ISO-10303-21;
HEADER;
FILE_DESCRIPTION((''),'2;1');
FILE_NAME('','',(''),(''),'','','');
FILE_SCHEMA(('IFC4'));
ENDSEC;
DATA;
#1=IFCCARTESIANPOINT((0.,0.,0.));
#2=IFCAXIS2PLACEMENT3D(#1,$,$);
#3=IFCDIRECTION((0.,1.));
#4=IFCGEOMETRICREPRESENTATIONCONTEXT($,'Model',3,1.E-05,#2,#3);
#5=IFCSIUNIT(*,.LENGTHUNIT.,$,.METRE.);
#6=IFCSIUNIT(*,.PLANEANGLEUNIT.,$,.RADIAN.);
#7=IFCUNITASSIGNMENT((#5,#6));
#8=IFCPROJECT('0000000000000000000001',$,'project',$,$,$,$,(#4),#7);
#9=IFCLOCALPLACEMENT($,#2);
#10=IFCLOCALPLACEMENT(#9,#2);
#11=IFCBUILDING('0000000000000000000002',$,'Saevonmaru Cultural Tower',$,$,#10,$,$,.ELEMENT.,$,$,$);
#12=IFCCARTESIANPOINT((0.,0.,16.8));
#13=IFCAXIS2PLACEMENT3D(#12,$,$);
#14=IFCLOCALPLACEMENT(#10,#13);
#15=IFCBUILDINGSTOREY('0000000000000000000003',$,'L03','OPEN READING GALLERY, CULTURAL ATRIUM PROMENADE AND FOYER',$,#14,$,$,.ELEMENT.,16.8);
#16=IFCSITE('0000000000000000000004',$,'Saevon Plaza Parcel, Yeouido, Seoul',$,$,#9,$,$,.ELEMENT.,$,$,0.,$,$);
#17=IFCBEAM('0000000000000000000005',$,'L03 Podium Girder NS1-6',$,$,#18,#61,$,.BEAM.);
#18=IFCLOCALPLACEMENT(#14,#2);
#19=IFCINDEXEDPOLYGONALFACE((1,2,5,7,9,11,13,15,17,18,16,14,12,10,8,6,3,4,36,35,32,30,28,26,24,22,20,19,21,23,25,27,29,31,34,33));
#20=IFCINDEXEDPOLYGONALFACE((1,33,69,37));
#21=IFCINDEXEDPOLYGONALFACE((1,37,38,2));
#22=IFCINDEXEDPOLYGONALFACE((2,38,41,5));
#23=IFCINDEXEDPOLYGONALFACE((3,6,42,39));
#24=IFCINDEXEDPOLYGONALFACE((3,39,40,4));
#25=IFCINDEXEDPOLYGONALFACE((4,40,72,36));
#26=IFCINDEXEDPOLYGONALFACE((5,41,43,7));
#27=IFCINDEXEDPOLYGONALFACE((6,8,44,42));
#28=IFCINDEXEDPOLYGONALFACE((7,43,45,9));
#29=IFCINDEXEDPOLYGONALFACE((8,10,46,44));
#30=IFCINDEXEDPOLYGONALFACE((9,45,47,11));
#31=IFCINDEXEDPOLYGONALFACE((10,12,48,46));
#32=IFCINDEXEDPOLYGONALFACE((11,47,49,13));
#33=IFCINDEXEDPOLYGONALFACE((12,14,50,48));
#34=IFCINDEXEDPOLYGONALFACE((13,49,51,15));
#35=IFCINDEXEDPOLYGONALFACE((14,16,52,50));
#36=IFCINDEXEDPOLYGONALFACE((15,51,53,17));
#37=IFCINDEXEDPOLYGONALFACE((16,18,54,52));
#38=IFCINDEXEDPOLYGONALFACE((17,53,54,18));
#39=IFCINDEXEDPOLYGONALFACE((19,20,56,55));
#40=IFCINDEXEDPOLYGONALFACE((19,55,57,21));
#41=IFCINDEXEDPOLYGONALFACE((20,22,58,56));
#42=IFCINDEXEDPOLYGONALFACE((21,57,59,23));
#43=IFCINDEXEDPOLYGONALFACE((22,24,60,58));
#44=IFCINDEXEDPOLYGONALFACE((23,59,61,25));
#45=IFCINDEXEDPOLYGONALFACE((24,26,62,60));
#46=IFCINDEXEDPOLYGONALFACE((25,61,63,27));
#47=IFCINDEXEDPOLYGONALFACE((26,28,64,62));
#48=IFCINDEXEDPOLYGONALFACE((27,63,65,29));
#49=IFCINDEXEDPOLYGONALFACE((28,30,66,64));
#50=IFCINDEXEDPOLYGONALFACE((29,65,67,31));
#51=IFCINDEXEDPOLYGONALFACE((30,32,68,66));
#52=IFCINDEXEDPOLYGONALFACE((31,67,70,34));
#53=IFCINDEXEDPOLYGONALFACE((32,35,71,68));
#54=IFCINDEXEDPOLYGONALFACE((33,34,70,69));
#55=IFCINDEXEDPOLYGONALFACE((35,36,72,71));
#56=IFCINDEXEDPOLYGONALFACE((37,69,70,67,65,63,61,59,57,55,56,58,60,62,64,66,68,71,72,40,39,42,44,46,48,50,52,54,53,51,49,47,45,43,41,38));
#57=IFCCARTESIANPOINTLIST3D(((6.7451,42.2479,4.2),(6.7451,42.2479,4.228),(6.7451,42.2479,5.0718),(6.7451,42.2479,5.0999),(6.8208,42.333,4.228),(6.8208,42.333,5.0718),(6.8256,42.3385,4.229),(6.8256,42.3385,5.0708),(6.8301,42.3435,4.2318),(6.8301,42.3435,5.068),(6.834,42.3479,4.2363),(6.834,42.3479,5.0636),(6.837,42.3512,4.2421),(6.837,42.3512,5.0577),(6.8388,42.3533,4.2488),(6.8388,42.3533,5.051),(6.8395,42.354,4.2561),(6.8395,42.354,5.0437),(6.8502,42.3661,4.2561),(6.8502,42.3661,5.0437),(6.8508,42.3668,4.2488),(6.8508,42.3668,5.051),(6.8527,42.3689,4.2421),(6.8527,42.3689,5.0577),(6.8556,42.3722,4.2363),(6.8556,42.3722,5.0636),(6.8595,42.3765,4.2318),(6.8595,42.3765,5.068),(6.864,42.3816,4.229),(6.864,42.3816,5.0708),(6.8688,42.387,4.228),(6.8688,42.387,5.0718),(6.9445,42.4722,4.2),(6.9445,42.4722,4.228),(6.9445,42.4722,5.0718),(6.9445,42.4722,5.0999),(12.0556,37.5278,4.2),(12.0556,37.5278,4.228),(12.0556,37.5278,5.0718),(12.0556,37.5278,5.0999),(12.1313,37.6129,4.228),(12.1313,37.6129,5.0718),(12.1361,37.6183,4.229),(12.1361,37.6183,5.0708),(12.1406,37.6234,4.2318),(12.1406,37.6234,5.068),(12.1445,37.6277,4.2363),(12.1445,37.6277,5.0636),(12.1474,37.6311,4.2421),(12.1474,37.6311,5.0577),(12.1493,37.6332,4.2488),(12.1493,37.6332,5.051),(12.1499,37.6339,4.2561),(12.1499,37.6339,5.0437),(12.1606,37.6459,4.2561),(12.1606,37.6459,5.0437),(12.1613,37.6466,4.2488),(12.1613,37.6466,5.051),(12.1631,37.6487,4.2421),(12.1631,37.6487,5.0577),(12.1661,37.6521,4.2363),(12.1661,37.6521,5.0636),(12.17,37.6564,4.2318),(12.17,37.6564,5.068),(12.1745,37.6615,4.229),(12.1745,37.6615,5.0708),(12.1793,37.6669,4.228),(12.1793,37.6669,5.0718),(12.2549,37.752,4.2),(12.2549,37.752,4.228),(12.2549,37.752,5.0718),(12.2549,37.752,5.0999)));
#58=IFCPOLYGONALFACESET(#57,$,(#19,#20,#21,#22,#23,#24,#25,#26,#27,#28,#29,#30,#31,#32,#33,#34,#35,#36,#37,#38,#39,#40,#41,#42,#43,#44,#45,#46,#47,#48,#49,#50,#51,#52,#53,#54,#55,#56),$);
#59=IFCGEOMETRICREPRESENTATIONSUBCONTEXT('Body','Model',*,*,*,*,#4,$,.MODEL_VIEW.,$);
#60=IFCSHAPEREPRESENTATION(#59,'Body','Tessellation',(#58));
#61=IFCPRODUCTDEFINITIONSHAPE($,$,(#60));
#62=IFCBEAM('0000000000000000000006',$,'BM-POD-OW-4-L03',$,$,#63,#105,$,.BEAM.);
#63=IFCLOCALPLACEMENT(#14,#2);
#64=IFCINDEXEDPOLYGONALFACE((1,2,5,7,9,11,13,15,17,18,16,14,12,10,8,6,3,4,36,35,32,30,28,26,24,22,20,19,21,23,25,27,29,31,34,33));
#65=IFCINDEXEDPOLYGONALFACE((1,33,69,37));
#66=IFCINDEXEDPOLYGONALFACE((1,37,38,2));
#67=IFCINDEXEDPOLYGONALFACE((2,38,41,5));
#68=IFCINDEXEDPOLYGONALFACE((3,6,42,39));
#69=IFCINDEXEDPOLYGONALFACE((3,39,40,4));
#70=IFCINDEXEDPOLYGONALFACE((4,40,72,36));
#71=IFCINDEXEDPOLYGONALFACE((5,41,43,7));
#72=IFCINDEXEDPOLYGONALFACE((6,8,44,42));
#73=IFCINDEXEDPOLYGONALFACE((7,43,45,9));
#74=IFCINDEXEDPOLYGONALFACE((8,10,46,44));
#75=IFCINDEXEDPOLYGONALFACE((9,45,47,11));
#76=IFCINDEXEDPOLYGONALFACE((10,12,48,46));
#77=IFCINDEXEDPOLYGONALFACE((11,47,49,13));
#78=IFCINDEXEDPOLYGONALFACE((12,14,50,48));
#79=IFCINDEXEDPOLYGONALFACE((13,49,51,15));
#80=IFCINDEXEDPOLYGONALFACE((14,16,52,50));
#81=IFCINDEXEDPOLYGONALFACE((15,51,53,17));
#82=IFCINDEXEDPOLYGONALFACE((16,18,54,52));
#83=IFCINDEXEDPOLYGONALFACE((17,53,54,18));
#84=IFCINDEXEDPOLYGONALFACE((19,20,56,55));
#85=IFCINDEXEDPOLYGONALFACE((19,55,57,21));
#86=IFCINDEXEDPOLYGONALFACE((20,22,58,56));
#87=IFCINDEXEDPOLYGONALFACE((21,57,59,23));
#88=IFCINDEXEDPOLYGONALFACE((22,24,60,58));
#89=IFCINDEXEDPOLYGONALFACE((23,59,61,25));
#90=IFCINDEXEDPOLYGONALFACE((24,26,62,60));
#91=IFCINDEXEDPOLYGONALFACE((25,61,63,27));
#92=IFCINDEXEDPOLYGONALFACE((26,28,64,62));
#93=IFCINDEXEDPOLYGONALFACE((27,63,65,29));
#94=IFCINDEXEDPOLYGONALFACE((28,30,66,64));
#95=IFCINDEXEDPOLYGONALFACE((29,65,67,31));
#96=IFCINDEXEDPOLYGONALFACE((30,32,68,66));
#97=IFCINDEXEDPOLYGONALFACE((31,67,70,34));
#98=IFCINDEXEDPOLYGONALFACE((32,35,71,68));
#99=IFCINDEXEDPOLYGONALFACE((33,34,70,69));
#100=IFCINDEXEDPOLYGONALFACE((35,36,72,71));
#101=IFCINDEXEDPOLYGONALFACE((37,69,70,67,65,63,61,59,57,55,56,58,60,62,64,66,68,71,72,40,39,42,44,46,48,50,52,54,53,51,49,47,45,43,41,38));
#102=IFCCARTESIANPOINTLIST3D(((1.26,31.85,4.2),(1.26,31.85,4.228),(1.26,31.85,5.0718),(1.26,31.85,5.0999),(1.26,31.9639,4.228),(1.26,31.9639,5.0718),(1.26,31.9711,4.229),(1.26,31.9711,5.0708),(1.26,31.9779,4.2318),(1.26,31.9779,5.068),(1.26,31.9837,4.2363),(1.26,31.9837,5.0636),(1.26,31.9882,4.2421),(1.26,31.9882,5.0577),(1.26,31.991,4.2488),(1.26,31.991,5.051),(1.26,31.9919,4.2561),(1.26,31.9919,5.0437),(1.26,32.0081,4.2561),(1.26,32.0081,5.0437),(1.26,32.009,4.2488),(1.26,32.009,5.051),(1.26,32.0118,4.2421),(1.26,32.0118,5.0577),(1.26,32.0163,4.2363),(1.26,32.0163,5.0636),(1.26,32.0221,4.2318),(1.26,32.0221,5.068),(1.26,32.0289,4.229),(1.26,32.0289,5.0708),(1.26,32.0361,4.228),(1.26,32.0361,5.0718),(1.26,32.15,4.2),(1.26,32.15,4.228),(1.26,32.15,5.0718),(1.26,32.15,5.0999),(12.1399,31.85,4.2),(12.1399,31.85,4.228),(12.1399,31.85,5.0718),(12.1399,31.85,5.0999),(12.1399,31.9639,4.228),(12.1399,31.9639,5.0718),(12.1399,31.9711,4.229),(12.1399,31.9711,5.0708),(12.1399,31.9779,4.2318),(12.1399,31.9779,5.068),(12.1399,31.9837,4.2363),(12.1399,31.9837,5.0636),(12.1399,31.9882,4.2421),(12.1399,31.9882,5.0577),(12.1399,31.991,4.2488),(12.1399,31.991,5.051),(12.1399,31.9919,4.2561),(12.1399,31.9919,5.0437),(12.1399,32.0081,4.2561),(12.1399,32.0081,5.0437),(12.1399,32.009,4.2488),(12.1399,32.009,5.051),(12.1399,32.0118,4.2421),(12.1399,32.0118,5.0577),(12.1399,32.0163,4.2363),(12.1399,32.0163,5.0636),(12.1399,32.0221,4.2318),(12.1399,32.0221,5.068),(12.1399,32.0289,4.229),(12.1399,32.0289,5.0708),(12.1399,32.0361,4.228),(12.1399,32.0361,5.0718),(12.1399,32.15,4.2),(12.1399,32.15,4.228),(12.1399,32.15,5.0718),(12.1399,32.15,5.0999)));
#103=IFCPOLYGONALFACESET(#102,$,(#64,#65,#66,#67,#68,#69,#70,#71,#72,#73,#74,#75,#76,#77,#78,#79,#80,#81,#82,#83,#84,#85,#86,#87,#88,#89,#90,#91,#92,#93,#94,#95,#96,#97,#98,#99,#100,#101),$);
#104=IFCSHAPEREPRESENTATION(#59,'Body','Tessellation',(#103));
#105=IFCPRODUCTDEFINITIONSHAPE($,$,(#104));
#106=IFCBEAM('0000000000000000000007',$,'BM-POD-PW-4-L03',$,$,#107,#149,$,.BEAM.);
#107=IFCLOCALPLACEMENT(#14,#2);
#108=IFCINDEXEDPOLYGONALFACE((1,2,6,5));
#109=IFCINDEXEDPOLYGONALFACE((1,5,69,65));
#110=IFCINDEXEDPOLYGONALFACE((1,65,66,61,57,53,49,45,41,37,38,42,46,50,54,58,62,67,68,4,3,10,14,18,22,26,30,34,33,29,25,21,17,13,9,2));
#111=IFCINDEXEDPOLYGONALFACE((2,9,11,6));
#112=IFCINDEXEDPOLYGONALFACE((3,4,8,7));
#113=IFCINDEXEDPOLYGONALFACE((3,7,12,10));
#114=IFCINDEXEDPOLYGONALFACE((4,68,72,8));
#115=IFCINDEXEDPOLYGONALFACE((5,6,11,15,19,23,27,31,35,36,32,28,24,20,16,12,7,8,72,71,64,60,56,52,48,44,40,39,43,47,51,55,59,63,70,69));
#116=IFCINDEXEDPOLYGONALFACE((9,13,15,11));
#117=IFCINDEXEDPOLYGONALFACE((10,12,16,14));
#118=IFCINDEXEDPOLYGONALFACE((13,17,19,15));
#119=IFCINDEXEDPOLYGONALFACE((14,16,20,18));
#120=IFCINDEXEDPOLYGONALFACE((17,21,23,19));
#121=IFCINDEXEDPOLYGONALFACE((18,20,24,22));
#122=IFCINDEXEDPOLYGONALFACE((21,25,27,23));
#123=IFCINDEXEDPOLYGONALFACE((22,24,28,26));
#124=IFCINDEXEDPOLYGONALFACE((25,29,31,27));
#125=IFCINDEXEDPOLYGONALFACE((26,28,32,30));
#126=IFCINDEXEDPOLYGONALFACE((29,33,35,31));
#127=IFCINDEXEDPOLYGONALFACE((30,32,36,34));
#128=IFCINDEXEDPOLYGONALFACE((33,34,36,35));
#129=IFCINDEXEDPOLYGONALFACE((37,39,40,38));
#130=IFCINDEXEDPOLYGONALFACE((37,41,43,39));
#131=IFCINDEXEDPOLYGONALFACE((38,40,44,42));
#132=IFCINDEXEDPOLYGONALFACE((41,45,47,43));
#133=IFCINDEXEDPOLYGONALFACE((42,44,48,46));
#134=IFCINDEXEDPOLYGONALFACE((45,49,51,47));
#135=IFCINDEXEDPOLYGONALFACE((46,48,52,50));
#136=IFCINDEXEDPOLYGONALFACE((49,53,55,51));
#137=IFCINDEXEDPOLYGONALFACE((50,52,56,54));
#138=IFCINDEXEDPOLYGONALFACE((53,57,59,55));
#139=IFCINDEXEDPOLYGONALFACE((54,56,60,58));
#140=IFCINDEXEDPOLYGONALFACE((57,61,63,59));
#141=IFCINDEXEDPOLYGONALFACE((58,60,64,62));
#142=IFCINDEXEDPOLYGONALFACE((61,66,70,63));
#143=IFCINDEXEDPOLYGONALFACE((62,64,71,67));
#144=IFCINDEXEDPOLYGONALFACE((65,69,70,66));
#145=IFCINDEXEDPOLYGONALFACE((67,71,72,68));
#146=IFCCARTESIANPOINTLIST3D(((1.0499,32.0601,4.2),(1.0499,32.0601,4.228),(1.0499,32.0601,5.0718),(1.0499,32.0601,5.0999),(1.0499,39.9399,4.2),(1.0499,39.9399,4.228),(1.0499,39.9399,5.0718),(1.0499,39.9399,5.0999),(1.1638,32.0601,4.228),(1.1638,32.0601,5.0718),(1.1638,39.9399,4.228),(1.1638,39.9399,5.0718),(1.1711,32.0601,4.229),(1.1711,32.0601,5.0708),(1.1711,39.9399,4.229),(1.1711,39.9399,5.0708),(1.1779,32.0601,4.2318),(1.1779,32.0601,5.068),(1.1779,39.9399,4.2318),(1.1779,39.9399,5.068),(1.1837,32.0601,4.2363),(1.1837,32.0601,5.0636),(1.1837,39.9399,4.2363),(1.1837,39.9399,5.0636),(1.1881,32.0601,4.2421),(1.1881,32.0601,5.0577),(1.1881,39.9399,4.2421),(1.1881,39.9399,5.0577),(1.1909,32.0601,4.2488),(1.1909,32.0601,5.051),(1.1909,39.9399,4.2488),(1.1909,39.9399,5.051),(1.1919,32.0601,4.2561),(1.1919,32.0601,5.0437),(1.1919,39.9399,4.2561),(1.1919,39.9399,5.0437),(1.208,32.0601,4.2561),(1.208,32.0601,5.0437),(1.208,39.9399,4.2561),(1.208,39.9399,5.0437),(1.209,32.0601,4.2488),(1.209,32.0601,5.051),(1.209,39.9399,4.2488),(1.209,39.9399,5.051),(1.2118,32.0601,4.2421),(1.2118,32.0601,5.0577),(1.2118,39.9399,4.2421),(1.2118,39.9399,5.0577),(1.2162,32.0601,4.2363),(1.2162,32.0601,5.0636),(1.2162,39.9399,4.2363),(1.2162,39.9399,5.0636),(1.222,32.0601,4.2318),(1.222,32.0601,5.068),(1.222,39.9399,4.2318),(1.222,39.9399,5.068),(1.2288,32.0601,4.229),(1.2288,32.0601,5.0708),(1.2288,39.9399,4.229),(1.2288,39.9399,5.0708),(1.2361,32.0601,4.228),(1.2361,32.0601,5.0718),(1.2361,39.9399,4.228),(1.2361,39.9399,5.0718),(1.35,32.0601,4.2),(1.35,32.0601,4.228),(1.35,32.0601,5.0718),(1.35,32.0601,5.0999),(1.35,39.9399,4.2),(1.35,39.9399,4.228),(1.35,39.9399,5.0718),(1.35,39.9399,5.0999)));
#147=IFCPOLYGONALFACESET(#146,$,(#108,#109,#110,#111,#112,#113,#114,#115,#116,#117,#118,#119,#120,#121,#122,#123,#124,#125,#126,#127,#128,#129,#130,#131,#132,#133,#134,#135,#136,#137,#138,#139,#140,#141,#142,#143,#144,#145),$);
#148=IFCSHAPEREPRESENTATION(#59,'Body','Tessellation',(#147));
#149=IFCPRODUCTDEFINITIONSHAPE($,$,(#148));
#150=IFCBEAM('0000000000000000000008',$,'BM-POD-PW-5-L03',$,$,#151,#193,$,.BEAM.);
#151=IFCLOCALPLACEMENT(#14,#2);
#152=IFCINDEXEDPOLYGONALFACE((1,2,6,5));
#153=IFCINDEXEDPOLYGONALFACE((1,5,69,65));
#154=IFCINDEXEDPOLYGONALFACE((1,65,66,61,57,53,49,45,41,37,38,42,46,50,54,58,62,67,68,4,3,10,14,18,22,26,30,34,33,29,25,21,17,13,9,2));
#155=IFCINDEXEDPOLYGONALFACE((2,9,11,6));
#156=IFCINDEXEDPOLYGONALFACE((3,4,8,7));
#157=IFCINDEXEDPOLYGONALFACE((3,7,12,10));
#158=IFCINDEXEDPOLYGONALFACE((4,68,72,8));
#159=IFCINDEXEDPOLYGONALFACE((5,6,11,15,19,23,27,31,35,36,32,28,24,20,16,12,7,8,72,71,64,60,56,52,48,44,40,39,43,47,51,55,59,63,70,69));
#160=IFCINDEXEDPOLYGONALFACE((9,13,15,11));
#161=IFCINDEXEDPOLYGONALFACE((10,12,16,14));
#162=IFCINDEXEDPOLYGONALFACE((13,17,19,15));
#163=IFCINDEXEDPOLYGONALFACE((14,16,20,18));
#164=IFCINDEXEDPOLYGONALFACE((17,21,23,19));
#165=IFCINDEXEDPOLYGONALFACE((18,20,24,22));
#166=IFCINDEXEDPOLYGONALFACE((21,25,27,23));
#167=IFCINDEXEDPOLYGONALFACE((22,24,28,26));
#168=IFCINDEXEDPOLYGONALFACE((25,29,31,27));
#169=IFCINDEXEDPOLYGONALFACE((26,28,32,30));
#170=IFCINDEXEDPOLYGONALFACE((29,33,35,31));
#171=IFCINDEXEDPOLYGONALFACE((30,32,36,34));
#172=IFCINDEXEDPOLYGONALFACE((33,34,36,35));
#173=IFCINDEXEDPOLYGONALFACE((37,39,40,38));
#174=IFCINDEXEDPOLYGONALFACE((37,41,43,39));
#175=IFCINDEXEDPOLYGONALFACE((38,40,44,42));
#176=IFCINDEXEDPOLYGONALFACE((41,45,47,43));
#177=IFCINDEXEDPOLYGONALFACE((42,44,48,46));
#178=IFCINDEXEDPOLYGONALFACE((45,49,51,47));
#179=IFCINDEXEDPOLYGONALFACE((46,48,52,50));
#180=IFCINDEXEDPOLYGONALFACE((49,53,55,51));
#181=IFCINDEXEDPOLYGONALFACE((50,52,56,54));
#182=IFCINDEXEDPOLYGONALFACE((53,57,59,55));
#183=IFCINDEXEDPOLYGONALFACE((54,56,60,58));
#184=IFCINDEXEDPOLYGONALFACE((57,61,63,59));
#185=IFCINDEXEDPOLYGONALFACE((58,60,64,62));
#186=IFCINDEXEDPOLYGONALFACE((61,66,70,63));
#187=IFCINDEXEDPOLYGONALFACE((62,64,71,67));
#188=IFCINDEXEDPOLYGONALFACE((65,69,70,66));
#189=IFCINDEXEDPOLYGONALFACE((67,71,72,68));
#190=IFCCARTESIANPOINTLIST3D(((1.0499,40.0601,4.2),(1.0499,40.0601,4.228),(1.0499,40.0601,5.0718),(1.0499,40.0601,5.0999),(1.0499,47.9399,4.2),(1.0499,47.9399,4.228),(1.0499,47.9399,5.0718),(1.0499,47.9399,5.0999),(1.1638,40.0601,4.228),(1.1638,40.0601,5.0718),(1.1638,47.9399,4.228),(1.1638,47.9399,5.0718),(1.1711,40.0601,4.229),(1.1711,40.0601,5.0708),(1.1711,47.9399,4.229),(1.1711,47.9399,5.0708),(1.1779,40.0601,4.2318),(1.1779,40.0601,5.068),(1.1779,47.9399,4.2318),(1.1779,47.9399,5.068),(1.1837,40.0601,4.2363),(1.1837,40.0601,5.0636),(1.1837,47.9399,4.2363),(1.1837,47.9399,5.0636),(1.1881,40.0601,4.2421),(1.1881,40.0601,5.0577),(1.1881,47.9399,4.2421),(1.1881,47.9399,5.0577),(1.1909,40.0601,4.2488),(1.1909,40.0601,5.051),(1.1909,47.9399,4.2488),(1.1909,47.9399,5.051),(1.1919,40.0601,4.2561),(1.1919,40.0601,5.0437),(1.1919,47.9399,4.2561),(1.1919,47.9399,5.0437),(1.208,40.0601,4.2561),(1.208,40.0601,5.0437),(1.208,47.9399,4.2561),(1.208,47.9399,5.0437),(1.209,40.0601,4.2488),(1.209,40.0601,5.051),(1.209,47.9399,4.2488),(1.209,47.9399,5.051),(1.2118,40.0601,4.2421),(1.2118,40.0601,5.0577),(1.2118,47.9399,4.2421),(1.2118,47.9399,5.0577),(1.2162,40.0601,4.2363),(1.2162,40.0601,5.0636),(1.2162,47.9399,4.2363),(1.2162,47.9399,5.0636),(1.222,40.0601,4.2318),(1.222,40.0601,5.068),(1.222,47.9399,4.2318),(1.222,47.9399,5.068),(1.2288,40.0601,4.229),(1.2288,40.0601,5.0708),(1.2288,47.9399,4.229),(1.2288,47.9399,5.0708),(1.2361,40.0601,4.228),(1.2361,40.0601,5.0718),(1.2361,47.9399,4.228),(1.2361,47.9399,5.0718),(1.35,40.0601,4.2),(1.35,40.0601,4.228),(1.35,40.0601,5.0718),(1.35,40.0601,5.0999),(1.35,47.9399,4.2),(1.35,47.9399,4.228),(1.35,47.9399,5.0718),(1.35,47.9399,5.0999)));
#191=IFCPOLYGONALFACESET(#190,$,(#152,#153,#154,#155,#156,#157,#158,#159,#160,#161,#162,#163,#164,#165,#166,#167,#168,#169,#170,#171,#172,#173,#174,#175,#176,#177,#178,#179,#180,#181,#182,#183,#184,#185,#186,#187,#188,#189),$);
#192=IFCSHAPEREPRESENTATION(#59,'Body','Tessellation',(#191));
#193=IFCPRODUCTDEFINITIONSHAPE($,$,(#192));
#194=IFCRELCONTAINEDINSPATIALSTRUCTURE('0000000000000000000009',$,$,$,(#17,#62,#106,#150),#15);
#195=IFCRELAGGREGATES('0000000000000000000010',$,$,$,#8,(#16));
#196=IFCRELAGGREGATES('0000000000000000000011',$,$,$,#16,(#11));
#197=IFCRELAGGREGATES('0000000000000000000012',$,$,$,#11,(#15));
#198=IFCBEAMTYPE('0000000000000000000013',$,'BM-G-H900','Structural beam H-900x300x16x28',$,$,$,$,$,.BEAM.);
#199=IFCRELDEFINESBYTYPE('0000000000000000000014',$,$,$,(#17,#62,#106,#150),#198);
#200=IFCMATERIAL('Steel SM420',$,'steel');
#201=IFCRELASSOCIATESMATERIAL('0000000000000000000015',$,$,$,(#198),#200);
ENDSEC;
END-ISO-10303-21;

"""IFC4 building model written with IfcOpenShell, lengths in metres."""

from ifc_helpers import new_model, si_unit, direction, frame, origin, origin_2d, place, context, subcontext, project, spatial, i_section, extrude, material, material_profile, profile_set, type_object, element, save


model = new_model("IFC4")

# Units and contexts
model_context = context("Model", 3, precision=1e-05, world=origin(), true_north=direction((0.0, 1.0)))
body_context = subcontext(model_context, "Body", "Model", "MODEL_VIEW")
ifc_project = project(units=[si_unit("LENGTHUNIT", "METRE"), si_unit("PLANEANGLEUNIT", "RADIAN")], contexts=[model_context])

# Site, building, storey
site_placement = place(None, origin())
site = spatial("IfcSite", under=ifc_project, at=site_placement, Name="Saevon Plaza Parcel, Yeouido, Seoul", CompositionType="ELEMENT", RefElevation=0.0)
building_placement = place(site_placement, origin())
building = spatial("IfcBuilding", under=site, at=building_placement, Name="Saevonmaru Cultural Tower", CompositionType="ELEMENT")
storey_placement = place(building_placement, frame((0.0, 0.0, 16.8)))
storey = spatial("IfcBuildingStorey", under=building, at=storey_placement, Name="L03", Description="OPEN READING GALLERY, CULTURAL ATRIUM PROMENADE AND FOYER", CompositionType="ELEMENT", Elevation=16.8)

# Shared definitions
ifc_material_1 = material(Name="Steel SM420", Category="steel")

# Beams
ifc_material_profile_1 = material_profile(ifc_material_1, i_section(OverallWidth=0.3, OverallDepth=0.8999, WebThickness=0.0161, FlangeThickness=0.0281, FilletRadius=0.0281, at=origin_2d()), Name="H-900x300x16x28")
ifc_profile_set_1 = profile_set([ifc_material_profile_1], Name="Steel SM420")
beam_type_1 = type_object("IfcBeamType", Name="BM-G-H900", Description="Structural beam H-900x300x16x28", PredefinedType="BEAM", material=ifc_profile_set_1)
beam_1_placement = place(storey_placement, frame((12.1553, 37.6399, 4.6499), z_axis=(-0.747428, 0.664343, 0.0), x_axis=(-0.664343, -0.747428, 0.0)))
element("IfcBeam", 1, at=beam_1_placement, inside=storey, type_object=beam_type_1, Name="L03 Podium Girder NS1-6", PredefinedType="BEAM", context=body_context, shape_type="SweptSolid", body=[
    extrude(i_section(OverallWidth=0.3, OverallDepth=0.8999, WebThickness=0.0161, FlangeThickness=0.0281, FilletRadius=0.0281, at=origin_2d()), origin(), (0.0, 0.0, 1.0), 7.105),
])
beam_2_placement = place(storey_placement, frame((1.26, 32.0, 4.6499), z_axis=(1.0, 0.0, 0.0), x_axis=(0.0, 1.0, 0.0)))
element("IfcBeam", 2, at=beam_2_placement, inside=storey, type_object=beam_type_1, Name="BM-POD-OW-4-L03", PredefinedType="BEAM", context=body_context, shape_type="SweptSolid", body=[
    extrude(i_section(OverallWidth=0.3, OverallDepth=0.8999, WebThickness=0.0161, FlangeThickness=0.0281, FilletRadius=0.0281, at=origin_2d()), origin(), (0.0, 0.0, 1.0), 10.8799),
])
for number, where, z_axis, x_axis, name in (
    (3, (1.2, 32.0601, 4.6499), (0.0, 1.0, 0.0), (-1.0, 0.0, 0.0), "BM-POD-PW-4-L03"),
    (4, (1.2, 40.0601, 4.6499), (0.0, 1.0, 0.0), (-1.0, 0.0, 0.0), "BM-POD-PW-5-L03"),
):
    element("IfcBeam", number, at=place(storey_placement, frame(where, z_axis=z_axis, x_axis=x_axis)), inside=storey, type_object=beam_type_1, Name=name, PredefinedType="BEAM", context=body_context, shape_type="SweptSolid", body=[
        extrude(i_section(OverallWidth=0.3, OverallDepth=0.8999, WebThickness=0.0161, FlangeThickness=0.0281, FilletRadius=0.0281, at=origin_2d()), origin(), (0.0, 0.0, 1.0), 7.8799),
    ])

save(model, "model.ifc")
